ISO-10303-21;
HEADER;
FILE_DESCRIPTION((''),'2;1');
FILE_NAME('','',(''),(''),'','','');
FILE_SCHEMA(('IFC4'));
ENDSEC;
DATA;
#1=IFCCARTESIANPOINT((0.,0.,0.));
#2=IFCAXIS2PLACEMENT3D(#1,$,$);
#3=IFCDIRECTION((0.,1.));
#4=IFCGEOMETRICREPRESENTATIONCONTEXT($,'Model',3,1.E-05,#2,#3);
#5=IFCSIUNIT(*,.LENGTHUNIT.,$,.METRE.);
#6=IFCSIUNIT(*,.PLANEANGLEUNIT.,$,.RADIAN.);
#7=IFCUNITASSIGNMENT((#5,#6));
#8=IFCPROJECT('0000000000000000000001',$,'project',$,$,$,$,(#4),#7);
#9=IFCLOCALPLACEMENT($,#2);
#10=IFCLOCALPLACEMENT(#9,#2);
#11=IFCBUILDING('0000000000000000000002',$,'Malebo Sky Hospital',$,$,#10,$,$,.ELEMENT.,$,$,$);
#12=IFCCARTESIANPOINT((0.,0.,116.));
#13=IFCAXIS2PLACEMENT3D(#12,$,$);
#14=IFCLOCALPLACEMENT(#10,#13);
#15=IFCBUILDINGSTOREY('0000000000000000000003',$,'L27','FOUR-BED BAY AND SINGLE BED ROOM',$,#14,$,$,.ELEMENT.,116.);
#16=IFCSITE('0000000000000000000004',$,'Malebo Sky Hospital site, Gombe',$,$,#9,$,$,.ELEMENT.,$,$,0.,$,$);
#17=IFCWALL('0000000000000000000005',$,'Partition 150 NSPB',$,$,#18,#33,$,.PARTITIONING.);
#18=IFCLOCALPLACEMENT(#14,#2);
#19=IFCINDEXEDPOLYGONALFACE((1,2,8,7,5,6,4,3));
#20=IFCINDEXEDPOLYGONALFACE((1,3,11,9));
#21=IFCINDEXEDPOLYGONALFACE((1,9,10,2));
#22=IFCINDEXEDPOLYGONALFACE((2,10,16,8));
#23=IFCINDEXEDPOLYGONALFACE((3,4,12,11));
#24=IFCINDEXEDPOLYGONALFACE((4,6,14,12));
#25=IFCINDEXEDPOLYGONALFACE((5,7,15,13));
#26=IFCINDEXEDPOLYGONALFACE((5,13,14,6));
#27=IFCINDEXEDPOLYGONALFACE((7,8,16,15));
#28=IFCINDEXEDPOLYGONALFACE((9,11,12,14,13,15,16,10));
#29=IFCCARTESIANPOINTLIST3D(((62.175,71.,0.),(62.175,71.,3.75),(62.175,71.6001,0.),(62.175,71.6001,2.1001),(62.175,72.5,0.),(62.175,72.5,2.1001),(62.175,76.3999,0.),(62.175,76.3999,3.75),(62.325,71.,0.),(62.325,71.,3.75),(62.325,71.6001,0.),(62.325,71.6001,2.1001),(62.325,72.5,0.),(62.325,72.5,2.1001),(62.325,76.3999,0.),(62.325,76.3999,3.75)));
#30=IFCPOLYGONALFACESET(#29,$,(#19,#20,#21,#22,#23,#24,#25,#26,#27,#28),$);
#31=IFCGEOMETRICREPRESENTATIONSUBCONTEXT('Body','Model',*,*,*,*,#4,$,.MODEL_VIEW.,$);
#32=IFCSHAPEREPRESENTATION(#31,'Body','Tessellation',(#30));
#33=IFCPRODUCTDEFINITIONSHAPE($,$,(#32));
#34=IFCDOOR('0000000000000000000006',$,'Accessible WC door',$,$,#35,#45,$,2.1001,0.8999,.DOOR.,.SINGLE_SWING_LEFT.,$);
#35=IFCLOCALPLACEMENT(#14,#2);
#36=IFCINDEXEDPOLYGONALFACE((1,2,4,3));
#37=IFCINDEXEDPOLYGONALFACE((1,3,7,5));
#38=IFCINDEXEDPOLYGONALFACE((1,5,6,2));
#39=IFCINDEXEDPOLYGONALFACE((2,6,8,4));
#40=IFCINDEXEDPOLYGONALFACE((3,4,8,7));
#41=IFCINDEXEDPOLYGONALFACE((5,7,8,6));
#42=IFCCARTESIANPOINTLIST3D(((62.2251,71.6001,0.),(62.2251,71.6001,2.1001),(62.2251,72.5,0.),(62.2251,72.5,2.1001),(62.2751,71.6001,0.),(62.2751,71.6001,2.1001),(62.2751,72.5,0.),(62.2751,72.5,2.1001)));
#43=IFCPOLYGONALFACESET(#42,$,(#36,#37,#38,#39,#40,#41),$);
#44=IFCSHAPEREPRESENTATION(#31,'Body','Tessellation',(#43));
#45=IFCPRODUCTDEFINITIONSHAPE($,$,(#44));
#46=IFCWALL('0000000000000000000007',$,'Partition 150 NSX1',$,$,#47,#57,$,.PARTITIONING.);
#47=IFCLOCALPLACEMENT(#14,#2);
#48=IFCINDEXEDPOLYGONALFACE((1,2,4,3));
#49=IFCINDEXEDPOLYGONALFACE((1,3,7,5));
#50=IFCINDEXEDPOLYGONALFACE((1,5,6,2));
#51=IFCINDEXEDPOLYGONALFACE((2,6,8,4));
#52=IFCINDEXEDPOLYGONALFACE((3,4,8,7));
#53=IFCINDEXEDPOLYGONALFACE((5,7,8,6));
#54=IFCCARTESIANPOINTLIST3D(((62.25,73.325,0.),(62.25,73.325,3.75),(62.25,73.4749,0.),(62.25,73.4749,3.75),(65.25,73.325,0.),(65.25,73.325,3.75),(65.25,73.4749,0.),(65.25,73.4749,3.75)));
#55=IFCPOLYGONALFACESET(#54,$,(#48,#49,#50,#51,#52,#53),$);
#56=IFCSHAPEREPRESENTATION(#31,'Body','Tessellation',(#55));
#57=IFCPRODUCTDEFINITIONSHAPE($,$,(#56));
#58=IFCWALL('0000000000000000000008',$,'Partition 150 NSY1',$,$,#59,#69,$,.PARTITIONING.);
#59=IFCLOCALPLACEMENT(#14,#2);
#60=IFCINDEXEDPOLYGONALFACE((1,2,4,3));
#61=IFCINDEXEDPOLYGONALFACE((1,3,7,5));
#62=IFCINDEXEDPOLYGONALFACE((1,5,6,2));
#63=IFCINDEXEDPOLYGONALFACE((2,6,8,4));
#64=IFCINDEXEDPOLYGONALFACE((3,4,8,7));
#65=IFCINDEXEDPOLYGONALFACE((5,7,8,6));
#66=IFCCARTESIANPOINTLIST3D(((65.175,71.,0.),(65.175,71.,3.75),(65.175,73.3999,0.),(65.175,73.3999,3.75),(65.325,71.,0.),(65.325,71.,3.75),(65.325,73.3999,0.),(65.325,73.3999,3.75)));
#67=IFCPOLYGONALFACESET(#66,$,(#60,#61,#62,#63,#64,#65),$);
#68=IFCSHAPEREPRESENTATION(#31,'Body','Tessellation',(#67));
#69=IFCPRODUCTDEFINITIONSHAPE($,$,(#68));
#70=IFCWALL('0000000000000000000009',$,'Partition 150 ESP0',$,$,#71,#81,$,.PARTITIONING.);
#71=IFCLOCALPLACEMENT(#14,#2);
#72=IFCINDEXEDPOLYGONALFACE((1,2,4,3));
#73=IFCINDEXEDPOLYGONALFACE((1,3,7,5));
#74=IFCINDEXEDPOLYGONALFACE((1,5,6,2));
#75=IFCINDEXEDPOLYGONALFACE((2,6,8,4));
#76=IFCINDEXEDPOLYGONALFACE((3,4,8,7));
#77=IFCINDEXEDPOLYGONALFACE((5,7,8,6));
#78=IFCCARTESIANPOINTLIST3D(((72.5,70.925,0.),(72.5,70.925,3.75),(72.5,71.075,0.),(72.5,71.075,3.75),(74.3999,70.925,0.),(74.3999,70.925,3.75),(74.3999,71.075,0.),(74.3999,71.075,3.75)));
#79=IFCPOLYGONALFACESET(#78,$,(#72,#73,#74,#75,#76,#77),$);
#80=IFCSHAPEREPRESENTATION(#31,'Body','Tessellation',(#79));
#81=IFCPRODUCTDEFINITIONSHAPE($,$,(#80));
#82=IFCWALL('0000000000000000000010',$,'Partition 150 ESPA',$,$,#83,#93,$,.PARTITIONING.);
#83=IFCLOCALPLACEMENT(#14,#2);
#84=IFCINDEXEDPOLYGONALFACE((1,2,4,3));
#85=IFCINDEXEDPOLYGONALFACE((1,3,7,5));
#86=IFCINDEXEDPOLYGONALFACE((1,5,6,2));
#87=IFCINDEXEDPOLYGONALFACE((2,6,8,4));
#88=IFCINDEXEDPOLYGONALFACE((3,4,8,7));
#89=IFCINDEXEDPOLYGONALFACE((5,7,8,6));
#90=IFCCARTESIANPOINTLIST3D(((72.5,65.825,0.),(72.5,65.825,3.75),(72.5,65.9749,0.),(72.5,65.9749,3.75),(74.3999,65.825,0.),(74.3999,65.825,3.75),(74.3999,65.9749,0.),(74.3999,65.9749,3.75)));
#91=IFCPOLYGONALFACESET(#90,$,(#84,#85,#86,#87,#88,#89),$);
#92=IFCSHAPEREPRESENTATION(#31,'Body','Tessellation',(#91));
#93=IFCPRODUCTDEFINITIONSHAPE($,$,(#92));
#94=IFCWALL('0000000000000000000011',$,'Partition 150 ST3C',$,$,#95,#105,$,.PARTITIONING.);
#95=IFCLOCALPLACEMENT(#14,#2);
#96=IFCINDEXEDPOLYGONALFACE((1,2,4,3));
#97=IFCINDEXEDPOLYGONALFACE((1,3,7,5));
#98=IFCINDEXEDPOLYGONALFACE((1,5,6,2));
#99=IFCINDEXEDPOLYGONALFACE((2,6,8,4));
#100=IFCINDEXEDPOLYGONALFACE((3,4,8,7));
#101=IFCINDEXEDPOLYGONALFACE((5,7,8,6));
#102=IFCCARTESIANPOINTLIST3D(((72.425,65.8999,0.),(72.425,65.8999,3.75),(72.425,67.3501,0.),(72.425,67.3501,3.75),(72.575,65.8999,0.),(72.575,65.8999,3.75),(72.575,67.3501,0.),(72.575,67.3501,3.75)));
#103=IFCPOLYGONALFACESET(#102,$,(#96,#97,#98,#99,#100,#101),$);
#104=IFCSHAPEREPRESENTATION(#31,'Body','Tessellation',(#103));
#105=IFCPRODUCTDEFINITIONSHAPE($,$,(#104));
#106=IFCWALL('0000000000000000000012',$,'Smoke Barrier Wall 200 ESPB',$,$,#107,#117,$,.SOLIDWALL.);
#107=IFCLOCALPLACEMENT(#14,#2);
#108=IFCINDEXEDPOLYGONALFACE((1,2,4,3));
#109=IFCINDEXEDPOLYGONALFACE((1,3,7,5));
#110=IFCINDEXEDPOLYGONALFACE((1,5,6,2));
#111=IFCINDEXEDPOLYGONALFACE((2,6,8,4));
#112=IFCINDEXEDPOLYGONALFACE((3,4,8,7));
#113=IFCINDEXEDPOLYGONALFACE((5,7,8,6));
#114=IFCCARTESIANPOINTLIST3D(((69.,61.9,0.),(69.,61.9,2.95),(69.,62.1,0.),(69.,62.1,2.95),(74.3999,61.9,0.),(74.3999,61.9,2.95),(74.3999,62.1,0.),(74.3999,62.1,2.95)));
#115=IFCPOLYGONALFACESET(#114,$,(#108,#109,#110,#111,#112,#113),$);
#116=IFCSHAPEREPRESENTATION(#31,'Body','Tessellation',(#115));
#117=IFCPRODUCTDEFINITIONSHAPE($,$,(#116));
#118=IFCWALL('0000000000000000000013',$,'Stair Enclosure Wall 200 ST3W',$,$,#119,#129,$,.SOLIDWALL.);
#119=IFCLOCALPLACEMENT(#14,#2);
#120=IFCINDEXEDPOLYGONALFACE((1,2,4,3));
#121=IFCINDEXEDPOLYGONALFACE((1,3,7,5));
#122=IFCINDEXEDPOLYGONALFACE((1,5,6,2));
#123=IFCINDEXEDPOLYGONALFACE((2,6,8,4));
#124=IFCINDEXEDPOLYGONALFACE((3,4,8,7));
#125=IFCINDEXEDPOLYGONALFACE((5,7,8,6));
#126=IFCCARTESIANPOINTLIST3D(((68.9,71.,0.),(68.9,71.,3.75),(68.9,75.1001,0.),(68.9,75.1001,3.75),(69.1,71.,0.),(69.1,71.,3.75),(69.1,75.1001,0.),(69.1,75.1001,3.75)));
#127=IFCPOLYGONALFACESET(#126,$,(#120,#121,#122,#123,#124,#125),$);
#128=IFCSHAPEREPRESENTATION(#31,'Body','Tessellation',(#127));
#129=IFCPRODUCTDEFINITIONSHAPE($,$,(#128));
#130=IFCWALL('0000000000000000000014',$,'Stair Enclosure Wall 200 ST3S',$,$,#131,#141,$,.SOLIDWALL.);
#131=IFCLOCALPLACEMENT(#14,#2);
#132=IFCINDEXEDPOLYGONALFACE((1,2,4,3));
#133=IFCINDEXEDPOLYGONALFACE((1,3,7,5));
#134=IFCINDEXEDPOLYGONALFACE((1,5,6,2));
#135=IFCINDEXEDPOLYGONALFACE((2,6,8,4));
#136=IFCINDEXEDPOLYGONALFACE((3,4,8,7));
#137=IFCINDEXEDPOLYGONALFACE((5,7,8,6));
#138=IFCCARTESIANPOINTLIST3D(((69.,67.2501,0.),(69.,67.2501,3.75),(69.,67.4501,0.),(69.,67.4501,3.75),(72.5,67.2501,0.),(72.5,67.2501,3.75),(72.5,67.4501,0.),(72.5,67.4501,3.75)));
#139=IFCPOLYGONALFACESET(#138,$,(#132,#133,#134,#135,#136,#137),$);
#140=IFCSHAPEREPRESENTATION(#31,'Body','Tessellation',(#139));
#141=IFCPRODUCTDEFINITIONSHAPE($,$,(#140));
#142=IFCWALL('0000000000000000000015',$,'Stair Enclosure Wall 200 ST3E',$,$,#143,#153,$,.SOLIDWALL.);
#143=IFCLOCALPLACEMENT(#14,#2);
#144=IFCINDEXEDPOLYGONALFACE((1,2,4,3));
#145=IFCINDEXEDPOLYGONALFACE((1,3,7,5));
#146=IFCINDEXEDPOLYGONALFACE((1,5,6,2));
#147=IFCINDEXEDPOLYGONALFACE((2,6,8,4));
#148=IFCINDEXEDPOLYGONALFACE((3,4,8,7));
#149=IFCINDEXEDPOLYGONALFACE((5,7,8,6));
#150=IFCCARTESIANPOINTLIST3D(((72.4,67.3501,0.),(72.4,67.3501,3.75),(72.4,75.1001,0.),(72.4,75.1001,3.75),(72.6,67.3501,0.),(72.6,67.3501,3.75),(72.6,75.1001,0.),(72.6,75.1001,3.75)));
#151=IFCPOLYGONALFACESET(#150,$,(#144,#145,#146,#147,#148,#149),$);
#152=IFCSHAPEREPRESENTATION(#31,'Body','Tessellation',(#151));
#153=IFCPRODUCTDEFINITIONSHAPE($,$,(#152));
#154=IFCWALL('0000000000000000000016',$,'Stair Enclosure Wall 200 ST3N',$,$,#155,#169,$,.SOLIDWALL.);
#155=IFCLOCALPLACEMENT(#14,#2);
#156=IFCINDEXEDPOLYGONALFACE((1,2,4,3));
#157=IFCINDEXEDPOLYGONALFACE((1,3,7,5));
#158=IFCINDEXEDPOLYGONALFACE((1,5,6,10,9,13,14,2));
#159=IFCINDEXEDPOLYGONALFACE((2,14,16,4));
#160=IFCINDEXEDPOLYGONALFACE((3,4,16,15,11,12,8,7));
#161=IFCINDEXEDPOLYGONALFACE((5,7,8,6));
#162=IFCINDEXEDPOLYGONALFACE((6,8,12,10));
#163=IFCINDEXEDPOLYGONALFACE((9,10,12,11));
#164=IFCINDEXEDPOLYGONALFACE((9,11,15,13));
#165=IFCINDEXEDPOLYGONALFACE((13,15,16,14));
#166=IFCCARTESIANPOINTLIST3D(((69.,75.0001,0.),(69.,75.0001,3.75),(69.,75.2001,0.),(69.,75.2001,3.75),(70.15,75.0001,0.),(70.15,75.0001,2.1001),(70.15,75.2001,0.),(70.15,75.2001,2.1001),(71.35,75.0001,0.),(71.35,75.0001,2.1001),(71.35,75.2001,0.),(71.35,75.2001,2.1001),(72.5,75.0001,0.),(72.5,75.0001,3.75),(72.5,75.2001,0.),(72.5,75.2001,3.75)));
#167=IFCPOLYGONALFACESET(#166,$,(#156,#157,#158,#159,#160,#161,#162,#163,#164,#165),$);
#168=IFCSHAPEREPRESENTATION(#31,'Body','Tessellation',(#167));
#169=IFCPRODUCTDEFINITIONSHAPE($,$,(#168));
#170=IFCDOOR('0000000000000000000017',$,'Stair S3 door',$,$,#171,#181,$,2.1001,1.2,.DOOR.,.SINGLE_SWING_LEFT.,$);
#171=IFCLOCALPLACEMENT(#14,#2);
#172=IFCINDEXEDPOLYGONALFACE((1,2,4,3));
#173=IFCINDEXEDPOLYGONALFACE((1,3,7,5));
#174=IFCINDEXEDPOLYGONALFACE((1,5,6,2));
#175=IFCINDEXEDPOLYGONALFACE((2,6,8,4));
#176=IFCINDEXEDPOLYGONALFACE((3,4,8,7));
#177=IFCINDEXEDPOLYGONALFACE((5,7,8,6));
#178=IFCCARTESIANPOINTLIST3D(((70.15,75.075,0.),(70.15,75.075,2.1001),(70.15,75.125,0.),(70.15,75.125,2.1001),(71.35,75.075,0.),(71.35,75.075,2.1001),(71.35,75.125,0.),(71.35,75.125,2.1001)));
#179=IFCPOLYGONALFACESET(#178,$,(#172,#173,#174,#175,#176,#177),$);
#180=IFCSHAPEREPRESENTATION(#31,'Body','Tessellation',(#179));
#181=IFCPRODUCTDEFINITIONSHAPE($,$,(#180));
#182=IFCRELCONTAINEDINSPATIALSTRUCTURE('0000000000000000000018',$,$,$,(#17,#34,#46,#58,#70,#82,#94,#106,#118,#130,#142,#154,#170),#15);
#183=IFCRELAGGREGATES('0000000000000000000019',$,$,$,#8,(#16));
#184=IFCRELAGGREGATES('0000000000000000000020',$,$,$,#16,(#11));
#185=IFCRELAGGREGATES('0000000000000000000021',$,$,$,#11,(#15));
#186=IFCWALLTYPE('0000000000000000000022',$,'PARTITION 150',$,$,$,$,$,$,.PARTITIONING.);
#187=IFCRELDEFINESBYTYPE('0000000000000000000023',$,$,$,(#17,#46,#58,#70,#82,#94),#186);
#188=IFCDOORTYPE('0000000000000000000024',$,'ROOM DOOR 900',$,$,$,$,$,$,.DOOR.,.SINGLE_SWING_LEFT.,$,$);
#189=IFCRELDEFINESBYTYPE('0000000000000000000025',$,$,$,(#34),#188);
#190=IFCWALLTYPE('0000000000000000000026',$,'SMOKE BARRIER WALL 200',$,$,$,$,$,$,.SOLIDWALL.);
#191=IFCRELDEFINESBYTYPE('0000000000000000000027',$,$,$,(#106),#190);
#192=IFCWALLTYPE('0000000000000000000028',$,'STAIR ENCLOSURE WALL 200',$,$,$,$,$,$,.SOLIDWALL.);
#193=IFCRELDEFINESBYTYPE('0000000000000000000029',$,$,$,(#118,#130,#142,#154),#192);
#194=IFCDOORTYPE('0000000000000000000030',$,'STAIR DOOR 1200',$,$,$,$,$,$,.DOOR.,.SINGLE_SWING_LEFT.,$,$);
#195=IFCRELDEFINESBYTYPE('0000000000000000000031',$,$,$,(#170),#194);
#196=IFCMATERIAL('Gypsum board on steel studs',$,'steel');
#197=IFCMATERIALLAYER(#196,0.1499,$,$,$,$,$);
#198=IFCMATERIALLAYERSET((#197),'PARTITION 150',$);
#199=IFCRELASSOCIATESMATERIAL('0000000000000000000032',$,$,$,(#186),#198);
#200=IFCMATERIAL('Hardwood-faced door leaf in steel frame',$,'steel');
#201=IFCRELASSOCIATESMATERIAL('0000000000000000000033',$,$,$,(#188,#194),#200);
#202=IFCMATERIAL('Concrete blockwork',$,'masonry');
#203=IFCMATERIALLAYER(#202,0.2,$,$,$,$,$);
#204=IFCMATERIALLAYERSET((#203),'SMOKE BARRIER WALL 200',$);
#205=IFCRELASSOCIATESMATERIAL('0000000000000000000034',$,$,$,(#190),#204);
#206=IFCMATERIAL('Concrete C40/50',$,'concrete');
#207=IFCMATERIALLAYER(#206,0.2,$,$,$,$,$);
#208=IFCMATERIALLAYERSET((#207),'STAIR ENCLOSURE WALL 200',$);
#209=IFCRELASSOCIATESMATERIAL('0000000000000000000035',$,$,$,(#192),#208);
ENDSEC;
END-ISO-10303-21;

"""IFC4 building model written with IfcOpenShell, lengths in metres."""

from ifc_helpers import new_model, si_unit, direction, frame, frame_2d, origin, place, context, subcontext, project, spatial, rectangle, extrude, material, layer, layer_set, type_object, element, fill, save


model = new_model("IFC4")

# Units and contexts
model_context = context("Model", 3, precision=1e-05, world=origin(), true_north=direction((0.0, 1.0)))
body_context = subcontext(model_context, "Body", "Model", "MODEL_VIEW")
ifc_project = project(units=[si_unit("LENGTHUNIT", "METRE"), si_unit("PLANEANGLEUNIT", "RADIAN")], contexts=[model_context])

# Site, building, storey
site_placement = place(None, origin())
site = spatial("IfcSite", under=ifc_project, at=site_placement, Name="Malebo Sky Hospital site, Gombe", CompositionType="ELEMENT", RefElevation=0.0)
building_placement = place(site_placement, origin())
building = spatial("IfcBuilding", under=site, at=building_placement, Name="Malebo Sky Hospital", CompositionType="ELEMENT")
storey_placement = place(building_placement, frame((0.0, 0.0, 116.0)))
storey = spatial("IfcBuildingStorey", under=building, at=storey_placement, Name="L27", Description="FOUR-BED BAY AND SINGLE BED ROOM", CompositionType="ELEMENT", Elevation=116.0)

# Shared definitions
ifc_material_1 = material(Name="Gypsum board on steel studs", Category="steel")

# Wall, opening, door
ifc_layer_1 = layer(ifc_material_1, 0.1499)
ifc_layer_set_1 = layer_set([ifc_layer_1], Name="PARTITION 150")
wall_type_1 = type_object("IfcWallType", Name="PARTITION 150", PredefinedType="PARTITIONING", material=ifc_layer_set_1)
wall_1_placement = place(storey_placement, frame((62.25, 71.0, 0.0), z_axis=(0.0, 0.0, 1.0), x_axis=(0.0, 1.0, 0.0)))
wall_1 = element("IfcWall", 1, at=wall_1_placement, inside=storey, type_object=wall_type_1, Name="Partition 150 NSPB", PredefinedType="PARTITIONING", context=body_context, shape_type="SweptSolid", body=[
    extrude(rectangle(XDim=5.3999, YDim=0.1499, at=frame_2d((2.7, 0.0))), origin(), (0.0, 0.0, 1.0), 3.75),
])
opening_1_placement = place(wall_1_placement, frame((0.6001, 0.0, 0.0)))
opening_1 = element("IfcOpeningElement", 2, at=opening_1_placement, cuts=wall_1, PredefinedType="OPENING", context=body_context, shape_type="SweptSolid", body=[
    extrude(rectangle(XDim=0.8999, YDim=2.1001, at=frame_2d((0.45, 1.05))), frame((0.0, 0.085, 0.0), z_axis=(0.0, -1.0, 0.0), x_axis=(1.0, 0.0, 0.0)), (0.0, 0.0, 1.0), 0.1699),
])
ifc_material_2 = material(Name="Hardwood-faced door leaf in steel frame", Category="steel")
door_type_1 = type_object("IfcDoorType", Name="ROOM DOOR 900", OperationType="SINGLE_SWING_LEFT", PredefinedType="DOOR", material=ifc_material_2)
door_1_placement = place(opening_1_placement, origin())
door_1 = element("IfcDoor", 3, at=door_1_placement, inside=storey, type_object=door_type_1, Name="Accessible WC door", OperationType="SINGLE_SWING_LEFT", OverallHeight=2.1001, OverallWidth=0.8999, PredefinedType="DOOR", context=body_context, shape_type="SweptSolid", body=[
    extrude(rectangle(XDim=0.8999, YDim=2.1001, at=frame_2d((0.45, 1.05))), frame((0.0, 0.0249, 0.0), z_axis=(0.0, -1.0, 0.0), x_axis=(1.0, 0.0, 0.0)), (0.0, 0.0, 1.0), 0.05),
])
fill(opening_1, door_1)

# Walls
wall_2_placement = place(storey_placement, frame((62.25, 73.3999, 0.0), z_axis=(0.0, 0.0, 1.0), x_axis=(1.0, 0.0, 0.0)))
element("IfcWall", 4, at=wall_2_placement, inside=storey, type_object=wall_type_1, Name="Partition 150 NSX1", PredefinedType="PARTITIONING", context=body_context, shape_type="SweptSolid", body=[
    extrude(rectangle(XDim=3.0, YDim=0.1499, at=frame_2d((1.5, 0.0))), origin(), (0.0, 0.0, 1.0), 3.75),
])
wall_3_placement = place(storey_placement, frame((65.25, 71.0, 0.0), z_axis=(0.0, 0.0, 1.0), x_axis=(0.0, 1.0, 0.0)))
element("IfcWall", 5, at=wall_3_placement, inside=storey, type_object=wall_type_1, Name="Partition 150 NSY1", PredefinedType="PARTITIONING", context=body_context, shape_type="SweptSolid", body=[
    extrude(rectangle(XDim=2.3999, YDim=0.1499, at=frame_2d((1.2, 0.0))), origin(), (0.0, 0.0, 1.0), 3.75),
])
for number, where, z_axis, x_axis, name in (
    (6, (72.5, 71.0, 0.0), (0.0, 0.0, 1.0), (1.0, 0.0, 0.0), "Partition 150 ESP0"),
    (7, (72.5, 65.8999, 0.0), (0.0, 0.0, 1.0), (1.0, 0.0, 0.0), "Partition 150 ESPA"),
):
    element("IfcWall", number, at=place(storey_placement, frame(where, z_axis=z_axis, x_axis=x_axis)), inside=storey, type_object=wall_type_1, Name=name, PredefinedType="PARTITIONING", context=body_context, shape_type="SweptSolid", body=[
        extrude(rectangle(XDim=1.8999, YDim=0.1499, at=frame_2d((0.95, 0.0))), origin(), (0.0, 0.0, 1.0), 3.75),
    ])
wall_4_placement = place(storey_placement, frame((72.5, 65.8999, 0.0), z_axis=(0.0, 0.0, 1.0), x_axis=(0.0, 1.0, 0.0)))
element("IfcWall", 8, at=wall_4_placement, inside=storey, type_object=wall_type_1, Name="Partition 150 ST3C", PredefinedType="PARTITIONING", context=body_context, shape_type="SweptSolid", body=[
    extrude(rectangle(XDim=1.4502, YDim=0.1499, at=frame_2d((0.7251, 0.0))), origin(), (0.0, 0.0, 1.0), 3.75),
])
ifc_material_3 = material(Name="Concrete blockwork", Category="masonry")
ifc_layer_2 = layer(ifc_material_3, 0.2)
ifc_layer_set_2 = layer_set([ifc_layer_2], Name="SMOKE BARRIER WALL 200")
wall_type_2 = type_object("IfcWallType", Name="SMOKE BARRIER WALL 200", PredefinedType="SOLIDWALL", material=ifc_layer_set_2)
wall_5_placement = place(storey_placement, frame((69.0, 62.0, 0.0), z_axis=(0.0, 0.0, 1.0), x_axis=(1.0, 0.0, 0.0)))
element("IfcWall", 9, at=wall_5_placement, inside=storey, type_object=wall_type_2, Name="Smoke Barrier Wall 200 ESPB", PredefinedType="SOLIDWALL", context=body_context, shape_type="SweptSolid", body=[
    extrude(rectangle(XDim=5.3999, YDim=0.2, at=frame_2d((2.7, 0.0))), origin(), (0.0, 0.0, 1.0), 2.95),
])
ifc_material_4 = material(Name="Concrete C40/50", Category="concrete")
ifc_layer_3 = layer(ifc_material_4, 0.2)
ifc_layer_set_3 = layer_set([ifc_layer_3], Name="STAIR ENCLOSURE WALL 200")
wall_type_3 = type_object("IfcWallType", Name="STAIR ENCLOSURE WALL 200", PredefinedType="SOLIDWALL", material=ifc_layer_set_3)
wall_6_placement = place(storey_placement, frame((69.0, 71.0, 0.0), z_axis=(0.0, 0.0, 1.0), x_axis=(0.0, 1.0, 0.0)))
element("IfcWall", 10, at=wall_6_placement, inside=storey, type_object=wall_type_3, Name="Stair Enclosure Wall 200 ST3W", PredefinedType="SOLIDWALL", context=body_context, shape_type="SweptSolid", body=[
    extrude(rectangle(XDim=4.1001, YDim=0.2, at=frame_2d((2.05, 0.0))), origin(), (0.0, 0.0, 1.0), 3.75),
])
wall_7_placement = place(storey_placement, frame((69.0, 67.3501, 0.0), z_axis=(0.0, 0.0, 1.0), x_axis=(1.0, 0.0, 0.0)))
element("IfcWall", 11, at=wall_7_placement, inside=storey, type_object=wall_type_3, Name="Stair Enclosure Wall 200 ST3S", PredefinedType="SOLIDWALL", context=body_context, shape_type="SweptSolid", body=[
    extrude(rectangle(XDim=3.5, YDim=0.2, at=frame_2d((1.75, 0.0))), origin(), (0.0, 0.0, 1.0), 3.75),
])
wall_8_placement = place(storey_placement, frame((72.5, 67.3501, 0.0), z_axis=(0.0, 0.0, 1.0), x_axis=(0.0, 1.0, 0.0)))
element("IfcWall", 12, at=wall_8_placement, inside=storey, type_object=wall_type_3, Name="Stair Enclosure Wall 200 ST3E", PredefinedType="SOLIDWALL", context=body_context, shape_type="SweptSolid", body=[
    extrude(rectangle(XDim=7.75, YDim=0.2, at=frame_2d((3.875, 0.0))), origin(), (0.0, 0.0, 1.0), 3.75),
])

# Wall, opening, door
wall_9_placement = place(storey_placement, frame((69.0, 75.1001, 0.0), z_axis=(0.0, 0.0, 1.0), x_axis=(1.0, 0.0, 0.0)))
wall_9 = element("IfcWall", 13, at=wall_9_placement, inside=storey, type_object=wall_type_3, Name="Stair Enclosure Wall 200 ST3N", PredefinedType="SOLIDWALL", context=body_context, shape_type="SweptSolid", body=[
    extrude(rectangle(XDim=3.5, YDim=0.2, at=frame_2d((1.75, 0.0))), origin(), (0.0, 0.0, 1.0), 3.75),
])
opening_2_placement = place(wall_9_placement, frame((1.1499, 0.0, 0.0)))
opening_2 = element("IfcOpeningElement", 14, at=opening_2_placement, cuts=wall_9, PredefinedType="OPENING", context=body_context, shape_type="SweptSolid", body=[
    extrude(rectangle(XDim=1.2, YDim=2.1001, at=frame_2d((0.6001, 1.05))), frame((0.0, 0.1099, 0.0), z_axis=(0.0, -1.0, 0.0), x_axis=(1.0, 0.0, 0.0)), (0.0, 0.0, 1.0), 0.22),
])
door_type_2 = type_object("IfcDoorType", Name="STAIR DOOR 1200", OperationType="SINGLE_SWING_LEFT", PredefinedType="DOOR", material=ifc_material_2)
door_2_placement = place(opening_2_placement, origin())
door_2 = element("IfcDoor", 15, at=door_2_placement, inside=storey, type_object=door_type_2, Name="Stair S3 door", OperationType="SINGLE_SWING_LEFT", OverallHeight=2.1001, OverallWidth=1.2, PredefinedType="DOOR", context=body_context, shape_type="SweptSolid", body=[
    extrude(rectangle(XDim=1.2, YDim=2.1001, at=frame_2d((0.6001, 1.05))), frame((0.0, 0.0249, 0.0), z_axis=(0.0, -1.0, 0.0), x_axis=(1.0, 0.0, 0.0)), (0.0, 0.0, 1.0), 0.05),
])
fill(opening_2, door_2)

save(model, "model.ifc")
